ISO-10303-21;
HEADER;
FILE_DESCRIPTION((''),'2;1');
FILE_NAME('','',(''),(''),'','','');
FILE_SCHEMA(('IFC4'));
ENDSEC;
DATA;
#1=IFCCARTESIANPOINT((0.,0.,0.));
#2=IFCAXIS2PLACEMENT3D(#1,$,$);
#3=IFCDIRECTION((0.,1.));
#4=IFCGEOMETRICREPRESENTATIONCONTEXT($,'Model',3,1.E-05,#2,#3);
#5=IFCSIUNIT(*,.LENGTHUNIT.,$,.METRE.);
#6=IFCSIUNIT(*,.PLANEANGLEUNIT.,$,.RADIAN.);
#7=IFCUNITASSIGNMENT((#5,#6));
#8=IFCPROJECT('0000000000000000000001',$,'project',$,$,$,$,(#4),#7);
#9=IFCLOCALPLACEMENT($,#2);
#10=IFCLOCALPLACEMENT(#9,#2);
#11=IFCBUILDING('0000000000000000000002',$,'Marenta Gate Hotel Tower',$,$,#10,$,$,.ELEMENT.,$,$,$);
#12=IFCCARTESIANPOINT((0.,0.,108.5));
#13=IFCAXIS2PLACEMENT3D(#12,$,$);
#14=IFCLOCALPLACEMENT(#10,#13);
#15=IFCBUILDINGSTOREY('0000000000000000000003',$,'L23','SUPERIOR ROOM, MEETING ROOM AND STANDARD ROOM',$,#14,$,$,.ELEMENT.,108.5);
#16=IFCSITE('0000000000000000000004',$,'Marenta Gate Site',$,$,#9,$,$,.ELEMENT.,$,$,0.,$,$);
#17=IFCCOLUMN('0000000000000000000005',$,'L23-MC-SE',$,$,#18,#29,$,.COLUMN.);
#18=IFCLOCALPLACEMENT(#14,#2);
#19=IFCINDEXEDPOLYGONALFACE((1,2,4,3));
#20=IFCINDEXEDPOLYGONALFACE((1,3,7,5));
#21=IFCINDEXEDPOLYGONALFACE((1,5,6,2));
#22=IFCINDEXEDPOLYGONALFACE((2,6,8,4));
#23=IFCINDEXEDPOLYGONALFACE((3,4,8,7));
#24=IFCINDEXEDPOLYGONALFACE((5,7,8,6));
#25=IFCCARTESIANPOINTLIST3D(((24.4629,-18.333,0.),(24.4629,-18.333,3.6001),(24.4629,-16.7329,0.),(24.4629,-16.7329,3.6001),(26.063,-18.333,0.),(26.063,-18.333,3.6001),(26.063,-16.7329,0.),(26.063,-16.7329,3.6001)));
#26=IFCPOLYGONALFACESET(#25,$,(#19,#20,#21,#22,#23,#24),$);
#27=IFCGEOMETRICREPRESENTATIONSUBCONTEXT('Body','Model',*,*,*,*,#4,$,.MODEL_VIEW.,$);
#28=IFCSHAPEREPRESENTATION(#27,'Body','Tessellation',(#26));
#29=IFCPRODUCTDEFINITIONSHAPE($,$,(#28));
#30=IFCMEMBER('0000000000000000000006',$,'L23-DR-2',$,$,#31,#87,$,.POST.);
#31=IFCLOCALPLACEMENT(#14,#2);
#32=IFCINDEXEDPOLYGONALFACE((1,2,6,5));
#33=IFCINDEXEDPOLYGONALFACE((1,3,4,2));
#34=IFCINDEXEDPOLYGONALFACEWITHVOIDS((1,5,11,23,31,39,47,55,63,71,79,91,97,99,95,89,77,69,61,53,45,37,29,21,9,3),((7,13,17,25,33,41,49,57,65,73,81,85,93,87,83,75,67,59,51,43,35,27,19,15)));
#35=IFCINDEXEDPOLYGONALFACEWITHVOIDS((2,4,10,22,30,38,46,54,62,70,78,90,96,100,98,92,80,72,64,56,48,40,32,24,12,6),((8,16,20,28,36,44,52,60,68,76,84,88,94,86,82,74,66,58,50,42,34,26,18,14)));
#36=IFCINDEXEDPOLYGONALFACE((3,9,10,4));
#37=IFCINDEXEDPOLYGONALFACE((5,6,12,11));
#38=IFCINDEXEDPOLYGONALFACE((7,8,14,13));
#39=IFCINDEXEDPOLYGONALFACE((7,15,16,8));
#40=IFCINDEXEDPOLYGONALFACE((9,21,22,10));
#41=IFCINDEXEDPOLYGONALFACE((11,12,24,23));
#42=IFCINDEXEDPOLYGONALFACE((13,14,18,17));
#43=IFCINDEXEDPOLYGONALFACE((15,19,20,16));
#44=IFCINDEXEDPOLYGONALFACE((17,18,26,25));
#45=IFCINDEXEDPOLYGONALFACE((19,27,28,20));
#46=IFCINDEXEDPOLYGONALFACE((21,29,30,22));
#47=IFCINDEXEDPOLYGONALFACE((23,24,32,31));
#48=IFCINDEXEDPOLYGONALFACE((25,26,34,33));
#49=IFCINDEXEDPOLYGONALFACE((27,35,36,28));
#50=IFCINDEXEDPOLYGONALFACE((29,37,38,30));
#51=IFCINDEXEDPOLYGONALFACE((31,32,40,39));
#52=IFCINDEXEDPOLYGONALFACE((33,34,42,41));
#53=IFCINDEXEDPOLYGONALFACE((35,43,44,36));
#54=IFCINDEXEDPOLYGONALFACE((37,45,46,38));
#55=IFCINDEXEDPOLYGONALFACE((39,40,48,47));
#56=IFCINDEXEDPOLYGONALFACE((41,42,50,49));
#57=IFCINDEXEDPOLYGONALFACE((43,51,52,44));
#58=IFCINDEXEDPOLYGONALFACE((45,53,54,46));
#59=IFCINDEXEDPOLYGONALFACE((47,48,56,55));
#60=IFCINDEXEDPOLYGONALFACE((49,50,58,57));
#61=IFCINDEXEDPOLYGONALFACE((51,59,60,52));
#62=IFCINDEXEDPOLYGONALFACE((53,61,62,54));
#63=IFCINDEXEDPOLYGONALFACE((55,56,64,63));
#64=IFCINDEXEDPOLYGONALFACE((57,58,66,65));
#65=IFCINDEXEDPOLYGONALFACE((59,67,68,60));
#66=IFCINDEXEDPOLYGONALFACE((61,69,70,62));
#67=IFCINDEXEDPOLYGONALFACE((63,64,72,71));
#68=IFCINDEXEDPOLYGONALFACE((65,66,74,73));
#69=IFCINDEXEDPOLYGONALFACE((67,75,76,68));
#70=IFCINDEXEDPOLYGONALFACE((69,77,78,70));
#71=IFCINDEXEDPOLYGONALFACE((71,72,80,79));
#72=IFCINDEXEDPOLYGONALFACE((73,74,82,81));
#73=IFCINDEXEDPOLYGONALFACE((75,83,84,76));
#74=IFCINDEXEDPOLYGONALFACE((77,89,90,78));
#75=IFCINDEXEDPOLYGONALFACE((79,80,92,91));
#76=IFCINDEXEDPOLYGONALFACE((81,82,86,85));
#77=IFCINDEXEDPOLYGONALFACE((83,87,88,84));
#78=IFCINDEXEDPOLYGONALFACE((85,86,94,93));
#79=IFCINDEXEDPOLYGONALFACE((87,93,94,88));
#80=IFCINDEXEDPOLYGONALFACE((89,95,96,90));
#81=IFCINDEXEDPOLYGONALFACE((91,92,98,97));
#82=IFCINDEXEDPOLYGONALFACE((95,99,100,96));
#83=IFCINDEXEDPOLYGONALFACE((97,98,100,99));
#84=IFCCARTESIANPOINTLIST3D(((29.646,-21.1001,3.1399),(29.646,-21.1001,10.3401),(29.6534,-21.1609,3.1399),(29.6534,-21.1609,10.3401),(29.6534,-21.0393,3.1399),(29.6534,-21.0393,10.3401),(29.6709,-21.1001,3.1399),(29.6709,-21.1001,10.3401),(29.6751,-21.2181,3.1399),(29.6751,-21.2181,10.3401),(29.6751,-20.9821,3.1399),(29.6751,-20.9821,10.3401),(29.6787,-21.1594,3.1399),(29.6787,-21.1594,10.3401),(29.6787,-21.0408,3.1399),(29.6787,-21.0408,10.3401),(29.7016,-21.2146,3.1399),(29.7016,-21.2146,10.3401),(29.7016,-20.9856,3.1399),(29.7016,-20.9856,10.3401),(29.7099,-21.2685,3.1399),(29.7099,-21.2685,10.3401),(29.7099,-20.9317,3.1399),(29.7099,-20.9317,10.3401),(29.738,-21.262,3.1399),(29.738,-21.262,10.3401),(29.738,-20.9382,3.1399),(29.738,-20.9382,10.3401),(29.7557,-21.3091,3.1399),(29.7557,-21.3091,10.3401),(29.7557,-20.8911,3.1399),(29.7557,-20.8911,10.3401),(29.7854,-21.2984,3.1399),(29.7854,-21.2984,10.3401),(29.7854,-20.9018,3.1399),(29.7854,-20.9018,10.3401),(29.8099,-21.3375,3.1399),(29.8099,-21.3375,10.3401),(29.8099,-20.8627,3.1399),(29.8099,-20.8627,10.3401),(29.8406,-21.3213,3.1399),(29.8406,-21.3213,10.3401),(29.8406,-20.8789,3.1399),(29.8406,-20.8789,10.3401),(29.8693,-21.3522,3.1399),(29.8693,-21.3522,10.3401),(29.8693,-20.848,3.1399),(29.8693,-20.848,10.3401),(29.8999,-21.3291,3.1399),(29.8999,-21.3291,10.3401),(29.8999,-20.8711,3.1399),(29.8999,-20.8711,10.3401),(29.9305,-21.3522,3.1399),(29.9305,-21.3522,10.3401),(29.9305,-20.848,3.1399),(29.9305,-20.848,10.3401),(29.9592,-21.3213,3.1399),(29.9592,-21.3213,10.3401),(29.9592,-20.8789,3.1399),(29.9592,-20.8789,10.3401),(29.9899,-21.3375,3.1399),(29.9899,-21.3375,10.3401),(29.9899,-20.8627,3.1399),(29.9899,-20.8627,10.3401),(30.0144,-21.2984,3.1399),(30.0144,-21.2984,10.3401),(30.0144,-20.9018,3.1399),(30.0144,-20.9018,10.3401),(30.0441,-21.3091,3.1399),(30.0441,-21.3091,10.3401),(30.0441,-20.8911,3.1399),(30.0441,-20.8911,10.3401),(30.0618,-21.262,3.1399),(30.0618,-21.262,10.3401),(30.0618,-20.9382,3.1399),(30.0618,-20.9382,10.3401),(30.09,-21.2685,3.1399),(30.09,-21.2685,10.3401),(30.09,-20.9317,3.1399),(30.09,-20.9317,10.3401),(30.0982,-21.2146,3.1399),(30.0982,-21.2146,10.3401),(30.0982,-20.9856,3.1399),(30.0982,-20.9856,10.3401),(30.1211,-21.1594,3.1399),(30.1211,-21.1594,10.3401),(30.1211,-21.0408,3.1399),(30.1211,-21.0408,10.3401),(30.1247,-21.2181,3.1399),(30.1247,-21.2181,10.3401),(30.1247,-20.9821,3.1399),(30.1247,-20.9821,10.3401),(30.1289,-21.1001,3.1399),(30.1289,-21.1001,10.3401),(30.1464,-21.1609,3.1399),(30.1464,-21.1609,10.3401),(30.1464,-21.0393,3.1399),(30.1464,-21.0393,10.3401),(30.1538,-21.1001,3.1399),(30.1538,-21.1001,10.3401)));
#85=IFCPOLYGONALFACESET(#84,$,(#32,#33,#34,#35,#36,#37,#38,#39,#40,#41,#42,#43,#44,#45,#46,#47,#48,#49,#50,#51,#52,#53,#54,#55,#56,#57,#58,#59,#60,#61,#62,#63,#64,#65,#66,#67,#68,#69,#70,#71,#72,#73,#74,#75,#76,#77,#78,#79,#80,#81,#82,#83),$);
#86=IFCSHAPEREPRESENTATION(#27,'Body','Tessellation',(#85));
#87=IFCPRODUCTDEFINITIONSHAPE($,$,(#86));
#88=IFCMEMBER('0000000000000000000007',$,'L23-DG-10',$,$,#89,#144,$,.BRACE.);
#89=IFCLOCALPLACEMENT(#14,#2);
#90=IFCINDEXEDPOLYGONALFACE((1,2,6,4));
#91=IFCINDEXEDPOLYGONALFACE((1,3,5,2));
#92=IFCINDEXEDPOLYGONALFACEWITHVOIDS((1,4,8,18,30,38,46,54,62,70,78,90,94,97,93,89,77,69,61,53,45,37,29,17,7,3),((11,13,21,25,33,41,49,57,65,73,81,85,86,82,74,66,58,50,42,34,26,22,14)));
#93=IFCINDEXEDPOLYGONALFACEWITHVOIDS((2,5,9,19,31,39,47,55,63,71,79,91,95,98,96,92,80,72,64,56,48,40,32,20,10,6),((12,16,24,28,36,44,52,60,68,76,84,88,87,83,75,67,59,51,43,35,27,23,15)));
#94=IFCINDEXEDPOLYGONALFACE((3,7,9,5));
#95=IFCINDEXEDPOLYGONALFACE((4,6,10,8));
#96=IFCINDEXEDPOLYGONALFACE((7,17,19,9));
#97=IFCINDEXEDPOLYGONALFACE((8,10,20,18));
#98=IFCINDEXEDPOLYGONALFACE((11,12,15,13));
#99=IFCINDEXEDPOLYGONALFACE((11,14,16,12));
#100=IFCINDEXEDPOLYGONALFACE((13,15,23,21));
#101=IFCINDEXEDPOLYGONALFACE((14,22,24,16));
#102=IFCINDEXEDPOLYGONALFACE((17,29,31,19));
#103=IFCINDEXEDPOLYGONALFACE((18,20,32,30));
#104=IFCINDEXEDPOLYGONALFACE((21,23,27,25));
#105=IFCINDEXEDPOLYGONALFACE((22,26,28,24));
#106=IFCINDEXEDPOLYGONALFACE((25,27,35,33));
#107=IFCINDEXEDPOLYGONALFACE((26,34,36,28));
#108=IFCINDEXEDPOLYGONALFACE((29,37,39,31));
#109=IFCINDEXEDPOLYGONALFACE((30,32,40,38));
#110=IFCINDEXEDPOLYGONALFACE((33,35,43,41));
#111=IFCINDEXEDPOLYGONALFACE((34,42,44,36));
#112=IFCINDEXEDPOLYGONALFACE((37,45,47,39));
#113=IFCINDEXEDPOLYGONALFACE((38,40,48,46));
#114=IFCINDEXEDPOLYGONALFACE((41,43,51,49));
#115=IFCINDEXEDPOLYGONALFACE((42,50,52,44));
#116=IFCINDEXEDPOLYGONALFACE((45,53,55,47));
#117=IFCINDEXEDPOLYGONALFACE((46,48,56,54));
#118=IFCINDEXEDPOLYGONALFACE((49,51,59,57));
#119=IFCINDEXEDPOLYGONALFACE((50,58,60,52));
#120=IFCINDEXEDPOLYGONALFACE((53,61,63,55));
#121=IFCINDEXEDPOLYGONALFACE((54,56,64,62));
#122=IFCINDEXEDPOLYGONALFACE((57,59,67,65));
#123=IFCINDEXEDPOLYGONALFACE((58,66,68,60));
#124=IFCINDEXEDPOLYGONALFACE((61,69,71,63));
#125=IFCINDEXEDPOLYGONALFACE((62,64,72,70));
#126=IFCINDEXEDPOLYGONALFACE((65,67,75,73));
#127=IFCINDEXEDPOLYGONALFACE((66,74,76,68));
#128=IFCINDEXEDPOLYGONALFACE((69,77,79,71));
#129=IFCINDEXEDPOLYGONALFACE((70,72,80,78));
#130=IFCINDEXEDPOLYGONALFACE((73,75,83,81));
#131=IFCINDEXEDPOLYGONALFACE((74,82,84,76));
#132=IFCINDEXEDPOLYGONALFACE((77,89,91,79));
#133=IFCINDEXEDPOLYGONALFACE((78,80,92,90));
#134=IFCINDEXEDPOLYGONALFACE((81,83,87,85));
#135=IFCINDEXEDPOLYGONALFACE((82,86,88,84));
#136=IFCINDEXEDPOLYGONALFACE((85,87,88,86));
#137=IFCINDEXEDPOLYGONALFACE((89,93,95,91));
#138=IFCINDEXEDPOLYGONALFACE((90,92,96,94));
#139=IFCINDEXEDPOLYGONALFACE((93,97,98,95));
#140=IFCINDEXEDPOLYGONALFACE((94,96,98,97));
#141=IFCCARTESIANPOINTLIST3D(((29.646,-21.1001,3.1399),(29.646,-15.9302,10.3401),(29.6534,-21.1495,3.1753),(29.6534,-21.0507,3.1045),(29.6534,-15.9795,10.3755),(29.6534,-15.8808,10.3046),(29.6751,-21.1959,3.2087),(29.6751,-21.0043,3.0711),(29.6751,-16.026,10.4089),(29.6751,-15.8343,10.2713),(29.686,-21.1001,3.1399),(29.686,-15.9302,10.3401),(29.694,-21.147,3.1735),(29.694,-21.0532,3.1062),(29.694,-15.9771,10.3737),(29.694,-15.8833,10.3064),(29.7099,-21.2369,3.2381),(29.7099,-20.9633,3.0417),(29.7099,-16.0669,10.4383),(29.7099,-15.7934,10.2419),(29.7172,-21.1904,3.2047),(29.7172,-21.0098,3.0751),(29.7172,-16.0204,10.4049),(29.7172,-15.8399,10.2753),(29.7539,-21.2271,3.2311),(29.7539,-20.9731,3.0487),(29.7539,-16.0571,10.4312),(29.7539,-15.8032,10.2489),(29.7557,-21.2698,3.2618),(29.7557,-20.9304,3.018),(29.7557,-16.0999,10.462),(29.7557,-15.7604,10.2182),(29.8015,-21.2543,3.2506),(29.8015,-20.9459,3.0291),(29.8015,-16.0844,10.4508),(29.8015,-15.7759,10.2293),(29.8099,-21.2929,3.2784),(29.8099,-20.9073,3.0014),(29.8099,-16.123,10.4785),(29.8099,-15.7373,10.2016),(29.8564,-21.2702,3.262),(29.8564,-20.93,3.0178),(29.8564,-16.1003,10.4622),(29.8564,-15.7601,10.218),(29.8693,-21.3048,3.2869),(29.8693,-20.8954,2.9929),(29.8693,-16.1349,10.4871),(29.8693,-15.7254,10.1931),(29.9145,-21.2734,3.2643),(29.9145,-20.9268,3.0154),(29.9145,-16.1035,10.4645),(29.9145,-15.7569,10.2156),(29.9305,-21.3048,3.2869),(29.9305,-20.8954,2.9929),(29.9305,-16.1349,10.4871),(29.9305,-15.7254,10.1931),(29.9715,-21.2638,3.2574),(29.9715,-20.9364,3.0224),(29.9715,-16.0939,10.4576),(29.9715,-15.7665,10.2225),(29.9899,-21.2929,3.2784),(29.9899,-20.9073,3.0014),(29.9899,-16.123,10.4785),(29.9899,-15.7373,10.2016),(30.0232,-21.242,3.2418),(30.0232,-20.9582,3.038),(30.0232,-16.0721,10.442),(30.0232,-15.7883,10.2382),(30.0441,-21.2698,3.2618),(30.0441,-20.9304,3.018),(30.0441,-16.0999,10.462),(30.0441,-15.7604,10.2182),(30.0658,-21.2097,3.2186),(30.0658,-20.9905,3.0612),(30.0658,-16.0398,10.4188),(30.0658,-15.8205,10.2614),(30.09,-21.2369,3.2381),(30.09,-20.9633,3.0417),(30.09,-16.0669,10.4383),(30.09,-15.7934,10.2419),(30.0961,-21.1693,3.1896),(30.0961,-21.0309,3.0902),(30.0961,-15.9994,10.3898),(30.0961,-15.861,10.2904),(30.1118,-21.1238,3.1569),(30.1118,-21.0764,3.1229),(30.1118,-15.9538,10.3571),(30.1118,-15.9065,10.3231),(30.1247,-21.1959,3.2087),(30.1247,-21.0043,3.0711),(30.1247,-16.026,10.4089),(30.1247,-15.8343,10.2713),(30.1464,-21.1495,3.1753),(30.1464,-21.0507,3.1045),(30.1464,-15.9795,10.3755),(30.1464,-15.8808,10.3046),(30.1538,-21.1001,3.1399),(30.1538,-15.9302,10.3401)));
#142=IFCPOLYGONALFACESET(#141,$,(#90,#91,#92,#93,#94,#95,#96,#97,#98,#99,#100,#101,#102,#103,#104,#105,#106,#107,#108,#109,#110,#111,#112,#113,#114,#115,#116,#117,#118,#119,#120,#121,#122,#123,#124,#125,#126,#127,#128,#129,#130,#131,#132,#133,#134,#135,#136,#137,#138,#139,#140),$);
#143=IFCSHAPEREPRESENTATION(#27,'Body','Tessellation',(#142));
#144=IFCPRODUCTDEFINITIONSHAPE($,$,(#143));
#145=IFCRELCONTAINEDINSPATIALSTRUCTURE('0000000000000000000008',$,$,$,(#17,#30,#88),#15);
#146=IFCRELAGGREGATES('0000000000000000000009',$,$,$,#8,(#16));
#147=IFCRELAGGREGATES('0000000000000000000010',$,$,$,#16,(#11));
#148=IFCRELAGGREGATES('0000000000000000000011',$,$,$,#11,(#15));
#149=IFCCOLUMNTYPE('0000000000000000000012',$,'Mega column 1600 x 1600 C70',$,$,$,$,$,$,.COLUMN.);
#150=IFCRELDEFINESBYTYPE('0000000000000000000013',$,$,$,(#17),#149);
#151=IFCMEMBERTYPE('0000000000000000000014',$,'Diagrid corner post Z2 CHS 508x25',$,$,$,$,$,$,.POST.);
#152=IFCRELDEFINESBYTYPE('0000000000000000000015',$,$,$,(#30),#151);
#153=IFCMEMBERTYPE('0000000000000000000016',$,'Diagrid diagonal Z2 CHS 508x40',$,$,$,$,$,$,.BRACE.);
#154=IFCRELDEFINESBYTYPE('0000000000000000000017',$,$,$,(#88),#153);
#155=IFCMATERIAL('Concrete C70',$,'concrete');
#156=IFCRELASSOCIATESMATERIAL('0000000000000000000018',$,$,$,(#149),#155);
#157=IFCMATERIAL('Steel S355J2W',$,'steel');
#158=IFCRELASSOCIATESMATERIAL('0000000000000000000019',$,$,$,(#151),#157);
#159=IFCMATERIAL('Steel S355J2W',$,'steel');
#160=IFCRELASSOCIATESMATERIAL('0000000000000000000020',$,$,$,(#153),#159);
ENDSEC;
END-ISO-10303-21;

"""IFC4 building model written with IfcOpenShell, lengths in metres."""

from ifc_helpers import new_model, si_unit, direction, frame, origin, origin_2d, place, context, subcontext, project, spatial, rectangle, hollow_circle, extrude, material, material_profile, profile_set, type_object, element, save


model = new_model("IFC4")

# Units and contexts
model_context = context("Model", 3, precision=1e-05, world=origin(), true_north=direction((0.0, 1.0)))
body_context = subcontext(model_context, "Body", "Model", "MODEL_VIEW")
ifc_project = project(units=[si_unit("LENGTHUNIT", "METRE"), si_unit("PLANEANGLEUNIT", "RADIAN")], contexts=[model_context])

# Site, building, storey
site_placement = place(None, origin())
site = spatial("IfcSite", under=ifc_project, at=site_placement, Name="Marenta Gate Site", CompositionType="ELEMENT", RefElevation=0.0)
building_placement = place(site_placement, origin())
building = spatial("IfcBuilding", under=site, at=building_placement, Name="Marenta Gate Hotel Tower", CompositionType="ELEMENT")
storey_placement = place(building_placement, frame((0.0, 0.0, 108.5)))
storey = spatial("IfcBuildingStorey", under=building, at=storey_placement, Name="L23", Description="SUPERIOR ROOM, MEETING ROOM AND STANDARD ROOM", CompositionType="ELEMENT", Elevation=108.5)

# Column
ifc_material_1 = material(Name="Concrete C70", Category="concrete")
ifc_material_profile_1 = material_profile(ifc_material_1, rectangle(XDim=1.6001, YDim=1.6001, at=origin_2d()), Name="1600 x 1600")
ifc_profile_set_1 = profile_set([ifc_material_profile_1], Name="Concrete C70")
column_type = type_object("IfcColumnType", Name="Mega column 1600 x 1600 C70", PredefinedType="COLUMN", material=ifc_profile_set_1)
column_placement = place(storey_placement, frame((25.2629, -17.533, 0.0), z_axis=(0.0, 0.0, 1.0), x_axis=(1.0, 0.0, 0.0)))
element("IfcColumn", 1, at=column_placement, inside=storey, type_object=column_type, Name="L23-MC-SE", PredefinedType="COLUMN", context=body_context, shape_type="SweptSolid", body=[
    extrude(rectangle(XDim=1.6001, YDim=1.6001, at=origin_2d()), origin(), (0.0, 0.0, 1.0), 3.6001),
])

# Members
ifc_material_2 = material(Name="Steel S355J2W", Category="steel")
ifc_material_profile_2 = material_profile(ifc_material_2, hollow_circle(Radius=0.2539, WallThickness=0.0249, at=origin_2d()), Name="CHS 508x25")
ifc_profile_set_2 = profile_set([ifc_material_profile_2], Name="Steel S355J2W")
member_type_1 = type_object("IfcMemberType", Name="Diagrid corner post Z2 CHS 508x25", PredefinedType="POST", material=ifc_profile_set_2)
member_1_placement = place(storey_placement, frame((29.8999, -21.1001, 3.1399), z_axis=(0.0, 0.0, 1.0), x_axis=(1.0, 0.0, 0.0)))
element("IfcMember", 2, at=member_1_placement, inside=storey, type_object=member_type_1, Name="L23-DR-2", PredefinedType="POST", context=body_context, shape_type="SweptSolid", body=[
    extrude(hollow_circle(Radius=0.2539, WallThickness=0.0249, at=origin_2d()), origin(), (0.0, 0.0, 1.0), 7.2002),
])
ifc_material_3 = material(Name="Steel S355J2W", Category="steel")
ifc_material_profile_3 = material_profile(ifc_material_3, hollow_circle(Radius=0.2539, WallThickness=0.04, at=origin_2d()), Name="CHS 508x40")
ifc_profile_set_3 = profile_set([ifc_material_profile_3], Name="Steel S355J2W")
member_type_2 = type_object("IfcMemberType", Name="Diagrid diagonal Z2 CHS 508x40", PredefinedType="BRACE", material=ifc_profile_set_3)
member_2_placement = place(storey_placement, frame((29.8999, -21.1001, 3.1399), z_axis=(0.0, 0.583248, 0.812294), x_axis=(-1.0, 0.0, 0.0)))
element("IfcMember", 3, at=member_2_placement, inside=storey, type_object=member_type_2, Name="L23-DG-10", PredefinedType="BRACE", context=body_context, shape_type="SweptSolid", body=[
    extrude(hollow_circle(Radius=0.2539, WallThickness=0.04, at=origin_2d()), origin(), (0.0, 0.0, 1.0), 8.864),
])

save(model, "model.ifc")
